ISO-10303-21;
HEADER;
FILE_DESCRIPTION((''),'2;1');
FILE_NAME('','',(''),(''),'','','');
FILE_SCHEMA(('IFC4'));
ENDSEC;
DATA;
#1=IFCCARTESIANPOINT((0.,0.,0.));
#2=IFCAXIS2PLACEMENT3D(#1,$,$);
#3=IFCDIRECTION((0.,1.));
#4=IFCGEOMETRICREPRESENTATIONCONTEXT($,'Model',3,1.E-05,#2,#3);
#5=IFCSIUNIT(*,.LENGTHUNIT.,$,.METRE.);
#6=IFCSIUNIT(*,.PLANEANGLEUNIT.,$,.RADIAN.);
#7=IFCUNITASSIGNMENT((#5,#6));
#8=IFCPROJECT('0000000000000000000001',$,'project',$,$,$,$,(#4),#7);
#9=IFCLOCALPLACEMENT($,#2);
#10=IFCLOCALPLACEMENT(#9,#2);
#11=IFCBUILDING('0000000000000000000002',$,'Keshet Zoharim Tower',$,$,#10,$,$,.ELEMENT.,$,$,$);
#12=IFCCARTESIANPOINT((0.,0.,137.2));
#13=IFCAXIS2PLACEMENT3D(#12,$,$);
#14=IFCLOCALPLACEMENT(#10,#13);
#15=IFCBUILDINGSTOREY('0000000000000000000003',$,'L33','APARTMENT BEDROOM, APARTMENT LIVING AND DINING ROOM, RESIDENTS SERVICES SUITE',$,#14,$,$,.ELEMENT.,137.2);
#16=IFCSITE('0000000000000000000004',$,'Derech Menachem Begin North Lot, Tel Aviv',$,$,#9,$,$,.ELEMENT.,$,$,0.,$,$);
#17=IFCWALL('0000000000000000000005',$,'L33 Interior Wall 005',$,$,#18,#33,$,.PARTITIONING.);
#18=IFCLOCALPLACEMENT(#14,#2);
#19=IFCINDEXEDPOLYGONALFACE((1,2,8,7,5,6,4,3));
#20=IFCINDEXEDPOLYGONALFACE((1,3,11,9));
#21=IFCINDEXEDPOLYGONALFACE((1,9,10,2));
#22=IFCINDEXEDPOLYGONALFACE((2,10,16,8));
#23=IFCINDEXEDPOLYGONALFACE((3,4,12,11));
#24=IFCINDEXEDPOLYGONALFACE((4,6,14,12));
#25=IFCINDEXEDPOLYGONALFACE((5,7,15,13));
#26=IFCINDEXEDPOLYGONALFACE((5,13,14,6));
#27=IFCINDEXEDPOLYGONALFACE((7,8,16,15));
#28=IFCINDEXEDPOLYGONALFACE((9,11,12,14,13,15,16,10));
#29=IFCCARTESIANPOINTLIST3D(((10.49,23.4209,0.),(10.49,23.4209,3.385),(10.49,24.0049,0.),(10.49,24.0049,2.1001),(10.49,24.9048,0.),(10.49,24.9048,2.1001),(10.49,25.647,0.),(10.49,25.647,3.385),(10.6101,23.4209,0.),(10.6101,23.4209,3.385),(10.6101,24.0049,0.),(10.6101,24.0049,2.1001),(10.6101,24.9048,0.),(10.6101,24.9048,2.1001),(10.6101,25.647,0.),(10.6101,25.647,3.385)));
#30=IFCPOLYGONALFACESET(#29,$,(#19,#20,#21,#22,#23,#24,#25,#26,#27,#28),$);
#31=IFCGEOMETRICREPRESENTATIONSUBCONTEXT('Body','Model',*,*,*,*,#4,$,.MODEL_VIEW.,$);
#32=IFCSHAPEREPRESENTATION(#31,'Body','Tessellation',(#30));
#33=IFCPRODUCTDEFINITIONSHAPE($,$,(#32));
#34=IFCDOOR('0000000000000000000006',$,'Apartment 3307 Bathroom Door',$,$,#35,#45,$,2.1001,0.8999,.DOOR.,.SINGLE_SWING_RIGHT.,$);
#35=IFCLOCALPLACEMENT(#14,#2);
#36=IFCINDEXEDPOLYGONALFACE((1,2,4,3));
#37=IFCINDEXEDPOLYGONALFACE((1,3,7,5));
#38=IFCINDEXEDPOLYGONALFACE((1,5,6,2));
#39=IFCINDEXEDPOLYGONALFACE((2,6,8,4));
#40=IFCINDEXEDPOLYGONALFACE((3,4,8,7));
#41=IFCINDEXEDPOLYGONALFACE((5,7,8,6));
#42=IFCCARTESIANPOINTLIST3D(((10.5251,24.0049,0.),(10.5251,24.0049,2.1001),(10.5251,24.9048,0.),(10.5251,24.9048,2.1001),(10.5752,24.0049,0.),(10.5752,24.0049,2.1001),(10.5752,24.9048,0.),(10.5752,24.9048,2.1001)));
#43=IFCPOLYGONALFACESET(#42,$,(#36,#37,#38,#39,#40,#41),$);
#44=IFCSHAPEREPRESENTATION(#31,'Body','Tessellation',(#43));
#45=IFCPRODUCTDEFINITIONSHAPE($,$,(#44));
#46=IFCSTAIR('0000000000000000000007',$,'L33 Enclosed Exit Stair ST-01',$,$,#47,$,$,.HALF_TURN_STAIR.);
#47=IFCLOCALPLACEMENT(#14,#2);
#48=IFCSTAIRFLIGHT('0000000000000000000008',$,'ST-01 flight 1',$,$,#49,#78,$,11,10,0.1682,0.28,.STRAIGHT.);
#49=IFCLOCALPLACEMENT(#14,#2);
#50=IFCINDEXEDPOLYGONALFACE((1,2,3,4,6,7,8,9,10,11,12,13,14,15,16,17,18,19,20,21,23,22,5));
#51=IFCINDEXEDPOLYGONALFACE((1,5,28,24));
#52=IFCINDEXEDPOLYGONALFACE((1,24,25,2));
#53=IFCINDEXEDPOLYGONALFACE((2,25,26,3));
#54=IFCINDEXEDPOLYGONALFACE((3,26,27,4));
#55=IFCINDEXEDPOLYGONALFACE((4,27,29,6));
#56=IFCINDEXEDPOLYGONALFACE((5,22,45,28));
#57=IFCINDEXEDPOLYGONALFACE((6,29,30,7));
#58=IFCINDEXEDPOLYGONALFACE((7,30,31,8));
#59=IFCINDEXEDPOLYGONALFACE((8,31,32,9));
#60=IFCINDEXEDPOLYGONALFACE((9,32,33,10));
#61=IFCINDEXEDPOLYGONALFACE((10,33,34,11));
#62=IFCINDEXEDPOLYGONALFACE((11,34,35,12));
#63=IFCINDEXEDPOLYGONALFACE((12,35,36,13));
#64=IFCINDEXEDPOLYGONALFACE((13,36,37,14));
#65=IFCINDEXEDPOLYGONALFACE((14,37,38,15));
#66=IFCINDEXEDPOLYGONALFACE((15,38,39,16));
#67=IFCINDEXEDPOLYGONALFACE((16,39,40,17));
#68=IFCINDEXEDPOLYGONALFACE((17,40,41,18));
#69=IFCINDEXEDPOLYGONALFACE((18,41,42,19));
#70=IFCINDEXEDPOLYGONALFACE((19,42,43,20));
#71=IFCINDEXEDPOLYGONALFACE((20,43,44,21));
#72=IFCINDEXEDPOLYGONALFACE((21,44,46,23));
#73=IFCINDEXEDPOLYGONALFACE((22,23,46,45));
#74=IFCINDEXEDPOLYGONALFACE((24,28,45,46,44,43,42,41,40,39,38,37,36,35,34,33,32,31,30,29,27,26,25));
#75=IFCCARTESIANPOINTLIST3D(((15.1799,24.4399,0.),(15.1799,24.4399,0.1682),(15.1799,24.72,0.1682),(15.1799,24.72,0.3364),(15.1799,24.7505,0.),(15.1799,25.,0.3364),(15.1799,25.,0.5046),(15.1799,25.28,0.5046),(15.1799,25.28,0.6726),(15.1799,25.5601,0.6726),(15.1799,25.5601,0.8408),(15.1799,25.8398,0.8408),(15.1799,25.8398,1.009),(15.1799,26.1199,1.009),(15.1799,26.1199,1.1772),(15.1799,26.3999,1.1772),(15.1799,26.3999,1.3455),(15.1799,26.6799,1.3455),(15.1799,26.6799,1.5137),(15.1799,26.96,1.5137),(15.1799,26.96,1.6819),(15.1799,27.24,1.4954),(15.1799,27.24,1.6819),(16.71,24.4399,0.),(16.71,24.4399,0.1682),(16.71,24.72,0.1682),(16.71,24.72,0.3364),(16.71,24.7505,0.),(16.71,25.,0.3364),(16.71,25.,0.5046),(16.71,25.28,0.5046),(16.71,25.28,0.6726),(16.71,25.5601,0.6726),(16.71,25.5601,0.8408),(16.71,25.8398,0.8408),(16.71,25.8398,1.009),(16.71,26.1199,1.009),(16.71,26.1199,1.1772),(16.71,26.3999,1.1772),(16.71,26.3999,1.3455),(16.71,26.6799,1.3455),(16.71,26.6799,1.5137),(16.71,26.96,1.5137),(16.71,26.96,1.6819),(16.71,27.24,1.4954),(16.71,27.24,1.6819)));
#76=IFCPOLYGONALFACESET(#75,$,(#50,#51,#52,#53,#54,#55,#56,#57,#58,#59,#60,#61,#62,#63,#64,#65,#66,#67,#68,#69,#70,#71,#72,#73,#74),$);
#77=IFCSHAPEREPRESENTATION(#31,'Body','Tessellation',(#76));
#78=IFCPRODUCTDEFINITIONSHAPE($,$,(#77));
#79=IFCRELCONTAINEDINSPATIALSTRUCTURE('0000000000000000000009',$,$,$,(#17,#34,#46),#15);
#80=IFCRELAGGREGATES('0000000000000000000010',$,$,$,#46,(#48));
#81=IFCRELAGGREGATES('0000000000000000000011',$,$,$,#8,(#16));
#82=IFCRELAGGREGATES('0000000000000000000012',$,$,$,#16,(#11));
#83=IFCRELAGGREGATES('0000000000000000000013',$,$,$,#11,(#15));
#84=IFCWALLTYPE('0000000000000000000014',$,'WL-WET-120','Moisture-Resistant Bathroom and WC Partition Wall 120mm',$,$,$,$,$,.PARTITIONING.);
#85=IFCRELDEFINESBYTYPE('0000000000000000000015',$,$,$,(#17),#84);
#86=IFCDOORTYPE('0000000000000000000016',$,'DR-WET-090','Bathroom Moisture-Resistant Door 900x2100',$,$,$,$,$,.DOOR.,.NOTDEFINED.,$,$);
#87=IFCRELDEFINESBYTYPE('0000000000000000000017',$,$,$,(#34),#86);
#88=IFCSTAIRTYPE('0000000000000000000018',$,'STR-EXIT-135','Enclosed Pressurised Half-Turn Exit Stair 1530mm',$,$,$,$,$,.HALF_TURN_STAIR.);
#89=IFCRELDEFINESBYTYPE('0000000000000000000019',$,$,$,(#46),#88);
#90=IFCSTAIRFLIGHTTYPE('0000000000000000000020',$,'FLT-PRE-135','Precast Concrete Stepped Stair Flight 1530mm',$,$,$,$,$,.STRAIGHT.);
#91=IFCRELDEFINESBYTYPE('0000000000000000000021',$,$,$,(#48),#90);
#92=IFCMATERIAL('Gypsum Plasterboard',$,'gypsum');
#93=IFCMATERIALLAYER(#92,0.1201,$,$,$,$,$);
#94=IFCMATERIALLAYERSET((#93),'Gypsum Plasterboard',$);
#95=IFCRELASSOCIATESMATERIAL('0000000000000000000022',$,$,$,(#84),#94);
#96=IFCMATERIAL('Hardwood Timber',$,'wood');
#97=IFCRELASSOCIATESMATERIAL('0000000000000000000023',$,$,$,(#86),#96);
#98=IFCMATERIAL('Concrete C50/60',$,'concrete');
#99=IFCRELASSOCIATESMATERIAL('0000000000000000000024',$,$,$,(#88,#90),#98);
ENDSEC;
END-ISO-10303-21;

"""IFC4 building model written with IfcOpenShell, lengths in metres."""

from ifc_helpers import new_model, si_unit, direction, frame, frame_2d, origin, place, context, subcontext, project, spatial, polyline, rectangle, outline, extrude, material, layer, layer_set, type_object, element, fill, aggregate, save


model = new_model("IFC4")

# Units and contexts
model_context = context("Model", 3, precision=1e-05, world=origin(), true_north=direction((0.0, 1.0)))
body_context = subcontext(model_context, "Body", "Model", "MODEL_VIEW")
ifc_project = project(units=[si_unit("LENGTHUNIT", "METRE"), si_unit("PLANEANGLEUNIT", "RADIAN")], contexts=[model_context])

# Site, building, storey
site_placement = place(None, origin())
site = spatial("IfcSite", under=ifc_project, at=site_placement, Name="Derech Menachem Begin North Lot, Tel Aviv", CompositionType="ELEMENT", RefElevation=0.0)
building_placement = place(site_placement, origin())
building = spatial("IfcBuilding", under=site, at=building_placement, Name="Keshet Zoharim Tower", CompositionType="ELEMENT")
storey_placement = place(building_placement, frame((0.0, 0.0, 137.2)))
storey = spatial("IfcBuildingStorey", under=building, at=storey_placement, Name="L33", Description="APARTMENT BEDROOM, APARTMENT LIVING AND DINING ROOM, RESIDENTS SERVICES SUITE", CompositionType="ELEMENT", Elevation=137.2)

# Shared definitions
ifc_material_1 = material(Name="Gypsum Plasterboard", Category="gypsum")

# Shared definitions
ifc_material_2 = material(Name="Concrete C50/60", Category="concrete")
ifc_material_3 = material(Name="Hardwood Timber", Category="wood")

# Wall, opening, door
ifc_layer_1 = layer(ifc_material_1, 0.1201)
ifc_layer_set_1 = layer_set([ifc_layer_1], Name="Gypsum Plasterboard")
wall_type_1 = type_object("IfcWallType", Name="WL-WET-120", Description="Moisture-Resistant Bathroom and WC Partition Wall 120mm", PredefinedType="PARTITIONING", material=ifc_layer_set_1)
wall_1_placement = place(storey_placement, frame((10.55, 23.4209, 0.0), z_axis=(0.0, 0.0, 1.0), x_axis=(0.0, 1.0, 0.0)))
wall_1 = element("IfcWall", 1, at=wall_1_placement, inside=storey, type_object=wall_type_1, Name="L33 Interior Wall 005", PredefinedType="PARTITIONING", context=body_context, shape_type="SweptSolid", body=[
    extrude(rectangle(XDim=2.2261, YDim=0.1201, at=frame_2d((1.113, 0.0))), origin(), (0.0, 0.0, 1.0), 3.385),
])
opening_1_placement = place(wall_1_placement, frame((0.584, 0.0, 0.0)))
opening_1 = element("IfcOpeningElement", 2, at=opening_1_placement, cuts=wall_1, PredefinedType="OPENING", context=body_context, shape_type="SweptSolid", body=[
    extrude(rectangle(XDim=0.8999, YDim=2.1001, at=frame_2d((0.45, 1.05))), frame((0.0, 0.0701, 0.0), z_axis=(0.0, -1.0, 0.0), x_axis=(1.0, 0.0, 0.0)), (0.0, 0.0, 1.0), 0.1401),
])
door_type_1 = type_object("IfcDoorType", Name="DR-WET-090", Description="Bathroom Moisture-Resistant Door 900x2100", OperationType="NOTDEFINED", PredefinedType="DOOR", material=ifc_material_3)
door_1_placement = place(opening_1_placement, origin())
door_1 = element("IfcDoor", 3, at=door_1_placement, inside=storey, type_object=door_type_1, Name="Apartment 3307 Bathroom Door", OperationType="SINGLE_SWING_RIGHT", OverallHeight=2.1001, OverallWidth=0.8999, PredefinedType="DOOR", context=body_context, shape_type="SweptSolid", body=[
    extrude(rectangle(XDim=0.8999, YDim=2.1001, at=frame_2d((0.45, 1.05))), frame((0.0, 0.0249, 0.0), z_axis=(0.0, -1.0, 0.0), x_axis=(1.0, 0.0, 0.0)), (0.0, 0.0, 1.0), 0.05),
])
fill(opening_1, door_1)

# Stair, stair flight
stair_type = type_object("IfcStairType", Name="STR-EXIT-135", Description="Enclosed Pressurised Half-Turn Exit Stair 1530mm", PredefinedType="HALF_TURN_STAIR", material=ifc_material_2)
stair_placement = place(storey_placement, origin())
stair = element("IfcStair", 4, at=stair_placement, inside=storey, type_object=stair_type, Name="L33 Enclosed Exit Stair ST-01", PredefinedType="HALF_TURN_STAIR")
stair_flight_type = type_object("IfcStairFlightType", Name="FLT-PRE-135", Description="Precast Concrete Stepped Stair Flight 1530mm", PredefinedType="STRAIGHT", material=ifc_material_2)
stair_flight_placement = place(storey_placement, frame((15.9451, 24.4399, 0.0), z_axis=(0.0, 0.0, 1.0), x_axis=(0.0, 1.0, 0.0)))
stair_flight = element("IfcStairFlight", 5, at=stair_flight_placement, type_object=stair_flight_type, Name="ST-01 flight 1", NumberOfRisers=11, NumberOfTreads=10, PredefinedType="STRAIGHT", RiserHeight=0.1682, TreadLength=0.28, context=body_context, shape_type="SweptSolid", body=[
    extrude(outline(polyline([(0.0, 0.0), (0.0, 0.1682), (0.28, 0.1682), (0.28, 0.3364), (0.5601, 0.3364), (0.5601, 0.5046), (0.8401, 0.5046), (0.8401, 0.6726), (1.1201, 0.6726), (1.1201, 0.8408), (1.3999, 0.8408), (1.3999, 1.009), (1.6799, 1.009), (1.6799, 1.1772), (1.96, 1.1772), (1.96, 1.3455), (2.24, 1.3455), (2.24, 1.5137), (2.52, 1.5137), (2.52, 1.6819), (2.8, 1.6819), (2.8, 1.8501), (2.8, 1.4954), (0.3105, 0.0), (0.0, 0.0)])), frame((0.0, 0.7651, 0.0), z_axis=(0.0, -1.0, 0.0), x_axis=(1.0, 0.0, 0.0)), (0.0, 0.0, 1.0), 1.53),
])
aggregate(stair, [stair_flight])

save(model, "model.ifc")
